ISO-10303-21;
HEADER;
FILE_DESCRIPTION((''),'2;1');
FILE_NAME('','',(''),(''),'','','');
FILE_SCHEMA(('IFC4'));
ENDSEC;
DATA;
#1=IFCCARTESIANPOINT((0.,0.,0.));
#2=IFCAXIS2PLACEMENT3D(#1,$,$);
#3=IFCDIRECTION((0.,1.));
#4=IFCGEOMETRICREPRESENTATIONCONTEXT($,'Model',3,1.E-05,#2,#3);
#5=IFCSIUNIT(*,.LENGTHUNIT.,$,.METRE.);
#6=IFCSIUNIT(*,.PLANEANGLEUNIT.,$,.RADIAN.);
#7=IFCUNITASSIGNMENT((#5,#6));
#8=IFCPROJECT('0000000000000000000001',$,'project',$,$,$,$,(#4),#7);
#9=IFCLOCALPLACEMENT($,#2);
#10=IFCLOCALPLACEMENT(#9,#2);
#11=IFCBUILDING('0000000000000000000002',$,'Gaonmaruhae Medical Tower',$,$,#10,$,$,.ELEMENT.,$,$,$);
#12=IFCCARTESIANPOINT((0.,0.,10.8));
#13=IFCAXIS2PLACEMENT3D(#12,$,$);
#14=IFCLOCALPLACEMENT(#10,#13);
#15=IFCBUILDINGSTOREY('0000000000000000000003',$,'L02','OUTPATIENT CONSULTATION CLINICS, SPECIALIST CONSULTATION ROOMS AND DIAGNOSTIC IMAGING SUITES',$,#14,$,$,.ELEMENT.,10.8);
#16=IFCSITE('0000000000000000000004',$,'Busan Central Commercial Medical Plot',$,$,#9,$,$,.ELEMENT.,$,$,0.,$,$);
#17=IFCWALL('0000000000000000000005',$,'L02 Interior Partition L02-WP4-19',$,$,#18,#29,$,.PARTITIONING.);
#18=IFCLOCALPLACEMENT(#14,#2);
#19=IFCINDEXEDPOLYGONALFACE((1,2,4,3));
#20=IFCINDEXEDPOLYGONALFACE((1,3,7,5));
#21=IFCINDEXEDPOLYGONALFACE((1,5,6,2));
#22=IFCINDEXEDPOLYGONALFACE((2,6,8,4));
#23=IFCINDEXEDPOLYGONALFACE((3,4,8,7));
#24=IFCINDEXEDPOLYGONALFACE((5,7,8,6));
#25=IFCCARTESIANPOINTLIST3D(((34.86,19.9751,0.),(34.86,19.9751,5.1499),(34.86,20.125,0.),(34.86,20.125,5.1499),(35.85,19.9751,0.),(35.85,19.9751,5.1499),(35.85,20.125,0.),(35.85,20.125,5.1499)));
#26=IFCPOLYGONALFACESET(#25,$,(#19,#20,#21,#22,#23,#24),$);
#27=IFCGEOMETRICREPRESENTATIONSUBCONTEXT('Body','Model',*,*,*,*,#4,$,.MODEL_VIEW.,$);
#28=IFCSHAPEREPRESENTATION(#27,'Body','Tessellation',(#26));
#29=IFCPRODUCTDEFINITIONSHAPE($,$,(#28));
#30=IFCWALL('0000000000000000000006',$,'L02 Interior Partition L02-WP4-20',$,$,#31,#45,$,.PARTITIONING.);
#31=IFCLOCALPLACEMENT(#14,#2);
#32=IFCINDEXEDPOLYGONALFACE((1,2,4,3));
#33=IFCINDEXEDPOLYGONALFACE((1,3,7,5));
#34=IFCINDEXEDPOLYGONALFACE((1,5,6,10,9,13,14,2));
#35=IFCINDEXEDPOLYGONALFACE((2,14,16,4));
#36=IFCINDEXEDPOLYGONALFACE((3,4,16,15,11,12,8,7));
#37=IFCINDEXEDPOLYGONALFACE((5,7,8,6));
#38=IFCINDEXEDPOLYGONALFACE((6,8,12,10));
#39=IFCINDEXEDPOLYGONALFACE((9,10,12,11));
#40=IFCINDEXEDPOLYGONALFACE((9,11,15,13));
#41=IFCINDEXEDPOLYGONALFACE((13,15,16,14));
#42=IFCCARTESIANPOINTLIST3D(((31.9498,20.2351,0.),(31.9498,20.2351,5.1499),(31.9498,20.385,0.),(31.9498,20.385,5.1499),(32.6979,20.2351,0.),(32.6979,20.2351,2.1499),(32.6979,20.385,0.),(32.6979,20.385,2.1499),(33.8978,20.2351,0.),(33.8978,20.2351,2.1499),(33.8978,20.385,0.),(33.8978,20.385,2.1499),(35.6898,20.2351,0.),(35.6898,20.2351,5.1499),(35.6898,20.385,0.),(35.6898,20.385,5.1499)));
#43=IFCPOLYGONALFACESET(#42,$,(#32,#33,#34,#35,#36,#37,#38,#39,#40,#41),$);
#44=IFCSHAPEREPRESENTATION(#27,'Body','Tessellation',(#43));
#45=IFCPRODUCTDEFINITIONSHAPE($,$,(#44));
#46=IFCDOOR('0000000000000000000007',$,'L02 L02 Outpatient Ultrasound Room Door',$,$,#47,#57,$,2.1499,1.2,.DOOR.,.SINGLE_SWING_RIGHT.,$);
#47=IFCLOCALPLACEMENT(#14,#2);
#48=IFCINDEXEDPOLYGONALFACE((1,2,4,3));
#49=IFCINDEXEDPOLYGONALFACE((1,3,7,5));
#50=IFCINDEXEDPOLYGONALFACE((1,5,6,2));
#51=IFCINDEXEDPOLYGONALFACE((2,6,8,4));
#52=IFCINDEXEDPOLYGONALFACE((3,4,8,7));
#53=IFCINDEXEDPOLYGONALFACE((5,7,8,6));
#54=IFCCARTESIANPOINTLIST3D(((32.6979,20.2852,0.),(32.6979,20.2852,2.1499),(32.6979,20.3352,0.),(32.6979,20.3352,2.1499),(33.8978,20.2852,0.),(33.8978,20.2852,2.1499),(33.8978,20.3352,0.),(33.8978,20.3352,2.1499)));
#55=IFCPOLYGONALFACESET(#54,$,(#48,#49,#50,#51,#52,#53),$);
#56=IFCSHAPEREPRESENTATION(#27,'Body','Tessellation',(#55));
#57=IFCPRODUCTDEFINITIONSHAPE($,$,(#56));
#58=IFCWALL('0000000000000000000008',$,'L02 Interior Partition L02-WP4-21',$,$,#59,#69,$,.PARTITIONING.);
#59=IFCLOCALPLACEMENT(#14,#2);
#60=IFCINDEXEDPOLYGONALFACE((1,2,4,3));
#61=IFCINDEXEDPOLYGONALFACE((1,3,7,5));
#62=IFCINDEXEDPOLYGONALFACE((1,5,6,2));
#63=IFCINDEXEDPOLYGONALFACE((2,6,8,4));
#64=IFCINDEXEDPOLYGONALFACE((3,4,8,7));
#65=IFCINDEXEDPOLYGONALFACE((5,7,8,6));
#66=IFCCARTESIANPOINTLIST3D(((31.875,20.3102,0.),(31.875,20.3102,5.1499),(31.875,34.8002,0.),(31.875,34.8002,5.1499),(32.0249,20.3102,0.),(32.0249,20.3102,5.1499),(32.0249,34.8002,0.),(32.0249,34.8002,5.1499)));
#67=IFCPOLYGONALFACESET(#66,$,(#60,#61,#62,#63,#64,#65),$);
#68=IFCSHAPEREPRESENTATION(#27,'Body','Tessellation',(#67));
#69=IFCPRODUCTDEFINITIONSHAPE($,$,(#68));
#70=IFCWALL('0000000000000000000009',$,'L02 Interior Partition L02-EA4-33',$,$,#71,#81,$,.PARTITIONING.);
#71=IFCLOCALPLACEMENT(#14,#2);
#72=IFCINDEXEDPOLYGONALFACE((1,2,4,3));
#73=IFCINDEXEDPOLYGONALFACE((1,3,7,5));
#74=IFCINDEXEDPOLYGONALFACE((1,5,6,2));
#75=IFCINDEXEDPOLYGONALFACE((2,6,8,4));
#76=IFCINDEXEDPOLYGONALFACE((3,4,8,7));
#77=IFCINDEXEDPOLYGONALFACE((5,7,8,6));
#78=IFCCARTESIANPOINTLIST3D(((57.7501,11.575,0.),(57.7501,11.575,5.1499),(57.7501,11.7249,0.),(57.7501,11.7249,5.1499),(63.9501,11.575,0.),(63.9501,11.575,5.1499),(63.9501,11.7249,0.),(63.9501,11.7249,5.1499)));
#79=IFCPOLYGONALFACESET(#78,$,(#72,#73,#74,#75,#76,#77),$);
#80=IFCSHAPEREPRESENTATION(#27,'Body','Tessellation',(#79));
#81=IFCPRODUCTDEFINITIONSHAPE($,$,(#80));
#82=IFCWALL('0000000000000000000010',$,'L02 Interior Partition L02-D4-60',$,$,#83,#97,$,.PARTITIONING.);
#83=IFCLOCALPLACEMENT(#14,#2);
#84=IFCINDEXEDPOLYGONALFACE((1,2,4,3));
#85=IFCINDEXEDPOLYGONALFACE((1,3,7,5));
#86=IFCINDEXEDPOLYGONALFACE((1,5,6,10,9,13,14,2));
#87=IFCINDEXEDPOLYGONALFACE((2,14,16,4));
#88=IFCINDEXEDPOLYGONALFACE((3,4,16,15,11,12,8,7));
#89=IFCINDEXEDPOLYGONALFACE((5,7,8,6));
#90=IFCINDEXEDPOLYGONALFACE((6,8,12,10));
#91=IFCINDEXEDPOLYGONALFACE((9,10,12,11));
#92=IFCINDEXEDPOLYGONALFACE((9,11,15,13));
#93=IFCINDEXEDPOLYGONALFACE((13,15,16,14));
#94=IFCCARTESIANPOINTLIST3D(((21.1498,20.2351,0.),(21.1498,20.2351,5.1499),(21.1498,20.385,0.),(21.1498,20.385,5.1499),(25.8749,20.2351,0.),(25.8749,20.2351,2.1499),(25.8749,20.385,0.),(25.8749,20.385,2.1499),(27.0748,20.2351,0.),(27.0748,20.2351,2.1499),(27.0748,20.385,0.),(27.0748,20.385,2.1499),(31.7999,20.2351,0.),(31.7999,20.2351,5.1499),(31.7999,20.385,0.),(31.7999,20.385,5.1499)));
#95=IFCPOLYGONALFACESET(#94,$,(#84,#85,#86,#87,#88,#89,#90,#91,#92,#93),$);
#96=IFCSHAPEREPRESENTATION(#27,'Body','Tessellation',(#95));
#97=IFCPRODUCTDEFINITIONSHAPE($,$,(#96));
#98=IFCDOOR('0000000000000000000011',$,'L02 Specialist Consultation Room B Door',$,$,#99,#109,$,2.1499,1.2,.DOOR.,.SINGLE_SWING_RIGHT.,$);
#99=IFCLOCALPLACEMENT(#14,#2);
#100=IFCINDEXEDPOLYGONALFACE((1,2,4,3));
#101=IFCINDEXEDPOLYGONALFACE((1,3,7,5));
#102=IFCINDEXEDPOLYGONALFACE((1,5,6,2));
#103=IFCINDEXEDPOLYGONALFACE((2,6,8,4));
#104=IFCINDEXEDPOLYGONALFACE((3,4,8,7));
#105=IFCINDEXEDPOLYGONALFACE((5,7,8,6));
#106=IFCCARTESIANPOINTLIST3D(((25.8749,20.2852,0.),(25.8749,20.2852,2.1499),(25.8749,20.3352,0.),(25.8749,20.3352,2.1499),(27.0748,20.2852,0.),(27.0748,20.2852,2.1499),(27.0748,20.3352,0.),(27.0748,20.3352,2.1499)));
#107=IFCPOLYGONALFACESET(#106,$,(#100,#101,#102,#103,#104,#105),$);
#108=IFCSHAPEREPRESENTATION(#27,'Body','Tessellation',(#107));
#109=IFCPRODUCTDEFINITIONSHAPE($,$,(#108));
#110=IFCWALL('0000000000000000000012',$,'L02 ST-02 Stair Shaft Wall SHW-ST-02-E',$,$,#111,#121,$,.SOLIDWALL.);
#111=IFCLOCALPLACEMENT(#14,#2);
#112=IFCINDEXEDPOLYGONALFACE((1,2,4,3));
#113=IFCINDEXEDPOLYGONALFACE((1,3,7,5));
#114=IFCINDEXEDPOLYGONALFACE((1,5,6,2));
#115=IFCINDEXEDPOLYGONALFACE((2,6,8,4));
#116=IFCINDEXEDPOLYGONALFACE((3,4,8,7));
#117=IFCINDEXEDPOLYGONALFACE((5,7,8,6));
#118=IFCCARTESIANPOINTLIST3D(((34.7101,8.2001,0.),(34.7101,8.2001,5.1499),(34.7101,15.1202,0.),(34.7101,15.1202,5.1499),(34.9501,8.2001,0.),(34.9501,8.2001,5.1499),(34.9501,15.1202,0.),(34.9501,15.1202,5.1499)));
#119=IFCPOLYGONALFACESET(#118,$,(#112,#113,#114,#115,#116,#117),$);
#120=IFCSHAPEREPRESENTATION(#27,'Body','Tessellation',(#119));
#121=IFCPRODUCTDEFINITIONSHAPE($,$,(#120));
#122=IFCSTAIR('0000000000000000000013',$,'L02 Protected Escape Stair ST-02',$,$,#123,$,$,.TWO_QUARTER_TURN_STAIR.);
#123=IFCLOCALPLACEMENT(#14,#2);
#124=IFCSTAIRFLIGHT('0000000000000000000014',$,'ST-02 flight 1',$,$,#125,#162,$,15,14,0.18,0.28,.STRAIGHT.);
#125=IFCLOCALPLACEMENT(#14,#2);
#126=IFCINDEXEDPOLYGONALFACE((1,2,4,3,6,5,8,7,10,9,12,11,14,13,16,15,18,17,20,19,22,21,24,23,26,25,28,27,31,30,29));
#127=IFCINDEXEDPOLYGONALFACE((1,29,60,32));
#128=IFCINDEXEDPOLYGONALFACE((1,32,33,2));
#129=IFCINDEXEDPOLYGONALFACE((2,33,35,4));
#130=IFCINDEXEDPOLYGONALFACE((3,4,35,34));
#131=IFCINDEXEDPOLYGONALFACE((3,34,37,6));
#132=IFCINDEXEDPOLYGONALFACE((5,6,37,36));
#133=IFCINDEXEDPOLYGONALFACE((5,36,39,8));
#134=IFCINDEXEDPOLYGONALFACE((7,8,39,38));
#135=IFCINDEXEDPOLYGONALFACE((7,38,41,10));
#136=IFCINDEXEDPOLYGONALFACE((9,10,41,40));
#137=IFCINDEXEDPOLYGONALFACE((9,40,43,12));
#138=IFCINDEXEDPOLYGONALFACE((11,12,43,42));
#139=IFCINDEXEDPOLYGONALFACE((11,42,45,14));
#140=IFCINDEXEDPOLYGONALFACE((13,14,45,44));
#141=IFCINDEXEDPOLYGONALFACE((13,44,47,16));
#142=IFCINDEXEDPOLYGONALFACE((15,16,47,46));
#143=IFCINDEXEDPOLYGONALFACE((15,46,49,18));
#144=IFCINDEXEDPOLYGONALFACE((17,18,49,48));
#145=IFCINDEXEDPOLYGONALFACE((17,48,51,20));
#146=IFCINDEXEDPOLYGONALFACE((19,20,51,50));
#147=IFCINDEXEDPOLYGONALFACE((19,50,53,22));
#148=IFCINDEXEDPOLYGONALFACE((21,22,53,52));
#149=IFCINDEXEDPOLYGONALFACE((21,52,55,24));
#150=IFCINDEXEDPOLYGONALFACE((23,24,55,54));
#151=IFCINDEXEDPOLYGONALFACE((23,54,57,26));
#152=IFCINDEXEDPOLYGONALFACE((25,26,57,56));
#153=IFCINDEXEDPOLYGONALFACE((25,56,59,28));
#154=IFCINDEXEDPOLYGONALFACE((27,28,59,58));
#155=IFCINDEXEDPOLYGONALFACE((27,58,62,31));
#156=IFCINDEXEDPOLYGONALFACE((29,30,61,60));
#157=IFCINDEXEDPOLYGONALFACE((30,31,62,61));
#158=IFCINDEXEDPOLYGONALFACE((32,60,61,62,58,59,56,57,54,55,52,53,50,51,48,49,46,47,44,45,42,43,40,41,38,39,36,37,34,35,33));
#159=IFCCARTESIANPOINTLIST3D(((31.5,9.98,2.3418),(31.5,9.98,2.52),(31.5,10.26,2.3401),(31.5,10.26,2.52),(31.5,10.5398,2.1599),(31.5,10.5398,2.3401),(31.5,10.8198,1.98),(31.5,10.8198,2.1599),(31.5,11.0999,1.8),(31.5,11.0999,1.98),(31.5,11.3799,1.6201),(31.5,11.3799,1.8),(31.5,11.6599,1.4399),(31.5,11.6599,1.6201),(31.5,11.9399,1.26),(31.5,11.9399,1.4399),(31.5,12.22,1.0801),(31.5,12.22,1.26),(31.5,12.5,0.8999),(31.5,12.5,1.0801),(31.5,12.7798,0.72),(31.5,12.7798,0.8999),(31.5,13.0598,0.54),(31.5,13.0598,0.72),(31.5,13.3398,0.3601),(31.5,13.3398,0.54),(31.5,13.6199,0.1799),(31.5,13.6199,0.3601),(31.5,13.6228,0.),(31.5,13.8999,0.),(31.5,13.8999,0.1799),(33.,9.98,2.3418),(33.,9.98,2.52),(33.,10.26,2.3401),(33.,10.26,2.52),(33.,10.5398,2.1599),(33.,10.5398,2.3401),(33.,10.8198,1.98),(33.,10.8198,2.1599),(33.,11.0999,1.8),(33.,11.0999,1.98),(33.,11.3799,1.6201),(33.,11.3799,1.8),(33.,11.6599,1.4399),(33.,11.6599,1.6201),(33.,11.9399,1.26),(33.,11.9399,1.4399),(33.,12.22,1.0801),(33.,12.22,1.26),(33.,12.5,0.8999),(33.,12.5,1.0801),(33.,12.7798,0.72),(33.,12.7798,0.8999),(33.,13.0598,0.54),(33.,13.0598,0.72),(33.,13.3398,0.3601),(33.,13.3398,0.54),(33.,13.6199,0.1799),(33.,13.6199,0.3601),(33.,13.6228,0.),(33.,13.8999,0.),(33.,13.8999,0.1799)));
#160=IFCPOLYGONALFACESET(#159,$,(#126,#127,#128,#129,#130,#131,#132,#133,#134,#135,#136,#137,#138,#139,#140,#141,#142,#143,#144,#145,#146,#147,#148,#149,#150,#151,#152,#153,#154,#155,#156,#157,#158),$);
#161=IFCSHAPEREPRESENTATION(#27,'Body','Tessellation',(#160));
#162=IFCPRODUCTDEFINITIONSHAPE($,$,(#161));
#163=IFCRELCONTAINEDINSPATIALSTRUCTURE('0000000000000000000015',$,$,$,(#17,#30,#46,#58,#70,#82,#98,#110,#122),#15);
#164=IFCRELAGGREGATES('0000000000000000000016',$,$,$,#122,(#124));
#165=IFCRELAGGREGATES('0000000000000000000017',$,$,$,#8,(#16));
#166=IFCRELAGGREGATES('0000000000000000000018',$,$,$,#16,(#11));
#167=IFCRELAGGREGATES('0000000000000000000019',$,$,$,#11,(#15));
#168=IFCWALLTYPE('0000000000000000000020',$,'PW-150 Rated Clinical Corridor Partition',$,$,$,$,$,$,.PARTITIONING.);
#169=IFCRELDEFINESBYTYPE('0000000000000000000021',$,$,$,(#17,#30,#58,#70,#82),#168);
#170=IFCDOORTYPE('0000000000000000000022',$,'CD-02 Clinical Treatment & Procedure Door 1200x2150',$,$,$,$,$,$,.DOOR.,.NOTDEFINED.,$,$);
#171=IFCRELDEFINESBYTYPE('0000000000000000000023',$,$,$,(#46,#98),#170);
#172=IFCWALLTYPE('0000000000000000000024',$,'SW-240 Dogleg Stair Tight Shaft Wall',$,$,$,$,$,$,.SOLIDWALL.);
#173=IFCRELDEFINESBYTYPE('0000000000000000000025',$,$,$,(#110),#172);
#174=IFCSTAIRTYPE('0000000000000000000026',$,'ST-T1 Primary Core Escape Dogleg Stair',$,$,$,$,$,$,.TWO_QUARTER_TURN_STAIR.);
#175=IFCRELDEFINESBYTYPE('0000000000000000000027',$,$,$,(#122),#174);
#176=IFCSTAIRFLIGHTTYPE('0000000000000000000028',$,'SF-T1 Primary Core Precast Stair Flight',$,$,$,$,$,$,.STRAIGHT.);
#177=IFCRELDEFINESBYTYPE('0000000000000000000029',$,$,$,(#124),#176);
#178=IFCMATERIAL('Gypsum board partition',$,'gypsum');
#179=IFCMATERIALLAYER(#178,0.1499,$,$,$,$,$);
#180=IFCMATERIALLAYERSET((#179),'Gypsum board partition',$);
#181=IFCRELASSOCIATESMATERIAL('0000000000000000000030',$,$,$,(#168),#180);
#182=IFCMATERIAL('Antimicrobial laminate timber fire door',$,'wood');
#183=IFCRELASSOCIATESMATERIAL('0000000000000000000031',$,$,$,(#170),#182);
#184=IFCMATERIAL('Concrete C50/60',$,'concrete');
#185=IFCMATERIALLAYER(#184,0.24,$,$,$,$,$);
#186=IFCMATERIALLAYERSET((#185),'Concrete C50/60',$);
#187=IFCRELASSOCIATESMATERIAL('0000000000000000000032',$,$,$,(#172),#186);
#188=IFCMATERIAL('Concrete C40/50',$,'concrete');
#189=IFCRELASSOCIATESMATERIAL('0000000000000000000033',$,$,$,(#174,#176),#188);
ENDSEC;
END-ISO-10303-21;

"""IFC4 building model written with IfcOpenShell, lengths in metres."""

from ifc_helpers import new_model, si_unit, direction, frame, frame_2d, origin, place, context, subcontext, project, spatial, polyline, rectangle, outline, extrude, material, layer, layer_set, type_object, element, fill, aggregate, save


model = new_model("IFC4")

# Units and contexts
model_context = context("Model", 3, precision=1e-05, world=origin(), true_north=direction((0.0, 1.0)))
body_context = subcontext(model_context, "Body", "Model", "MODEL_VIEW")
ifc_project = project(units=[si_unit("LENGTHUNIT", "METRE"), si_unit("PLANEANGLEUNIT", "RADIAN")], contexts=[model_context])

# Site, building, storey
site_placement = place(None, origin())
site = spatial("IfcSite", under=ifc_project, at=site_placement, Name="Busan Central Commercial Medical Plot", CompositionType="ELEMENT", RefElevation=0.0)
building_placement = place(site_placement, origin())
building = spatial("IfcBuilding", under=site, at=building_placement, Name="Gaonmaruhae Medical Tower", CompositionType="ELEMENT")
storey_placement = place(building_placement, frame((0.0, 0.0, 10.8)))
storey = spatial("IfcBuildingStorey", under=building, at=storey_placement, Name="L02", Description="OUTPATIENT CONSULTATION CLINICS, SPECIALIST CONSULTATION ROOMS AND DIAGNOSTIC IMAGING SUITES", CompositionType="ELEMENT", Elevation=10.8)

# Shared definitions
ifc_material_1 = material(Name="Concrete C50/60", Category="concrete")

# Wall
ifc_material_2 = material(Name="Gypsum board partition", Category="gypsum")
ifc_layer_1 = layer(ifc_material_2, 0.1499)
ifc_layer_set_1 = layer_set([ifc_layer_1], Name="Gypsum board partition")
wall_type_1 = type_object("IfcWallType", Name="PW-150 Rated Clinical Corridor Partition", PredefinedType="PARTITIONING", material=ifc_layer_set_1)
wall_1_placement = place(storey_placement, frame((35.8501, 20.05, 0.0), z_axis=(0.0, 0.0, 1.0), x_axis=(-1.0, 0.0, 0.0)))
element("IfcWall", 1, at=wall_1_placement, inside=storey, type_object=wall_type_1, Name="L02 Interior Partition L02-WP4-19", PredefinedType="PARTITIONING", context=body_context, shape_type="SweptSolid", body=[
    extrude(rectangle(XDim=0.99, YDim=0.1499, at=frame_2d((0.4951, 0.0))), origin(), (0.0, 0.0, 1.0), 5.1499),
])

# Wall, opening, door
wall_2_placement = place(storey_placement, frame((35.6899, 20.3101, 0.0), z_axis=(0.0, 0.0, 1.0), x_axis=(-1.0, 0.0, 0.0)))
wall_2 = element("IfcWall", 2, at=wall_2_placement, inside=storey, type_object=wall_type_1, Name="L02 Interior Partition L02-WP4-20", PredefinedType="PARTITIONING", context=body_context, shape_type="SweptSolid", body=[
    extrude(rectangle(XDim=3.74, YDim=0.1499, at=frame_2d((1.8701, 0.0))), origin(), (0.0, 0.0, 1.0), 5.1499),
])
opening_1_placement = place(wall_2_placement, frame((1.792, 0.0, 0.0)))
opening_1 = element("IfcOpeningElement", 3, at=opening_1_placement, cuts=wall_2, PredefinedType="OPENING", context=body_context, shape_type="SweptSolid", body=[
    extrude(rectangle(XDim=1.2, YDim=2.1499, at=frame_2d((0.6001, 1.075))), frame((0.0, 0.085, 0.0), z_axis=(0.0, -1.0, 0.0), x_axis=(1.0, 0.0, 0.0)), (0.0, 0.0, 1.0), 0.1699),
])
ifc_material_3 = material(Name="Antimicrobial laminate timber fire door", Category="wood")
door_type = type_object("IfcDoorType", Name="CD-02 Clinical Treatment & Procedure Door 1200x2150", OperationType="NOTDEFINED", PredefinedType="DOOR", material=ifc_material_3)
door_1_placement = place(opening_1_placement, origin())
door_1 = element("IfcDoor", 4, at=door_1_placement, inside=storey, type_object=door_type, Name="L02 L02 Outpatient Ultrasound Room Door", OperationType="SINGLE_SWING_RIGHT", OverallHeight=2.1499, OverallWidth=1.2, PredefinedType="DOOR", context=body_context, shape_type="SweptSolid", body=[
    extrude(rectangle(XDim=1.2, YDim=2.1499, at=frame_2d((0.6001, 1.075))), frame((0.0, 0.0249, 0.0), z_axis=(0.0, -1.0, 0.0), x_axis=(1.0, 0.0, 0.0)), (0.0, 0.0, 1.0), 0.05),
])
fill(opening_1, door_1)

# Walls
wall_3_placement = place(storey_placement, frame((31.95, 20.3101, 0.0), z_axis=(0.0, 0.0, 1.0), x_axis=(0.0, 1.0, 0.0)))
element("IfcWall", 5, at=wall_3_placement, inside=storey, type_object=wall_type_1, Name="L02 Interior Partition L02-WP4-21", PredefinedType="PARTITIONING", context=body_context, shape_type="SweptSolid", body=[
    extrude(rectangle(XDim=14.49, YDim=0.1499, at=frame_2d((7.2451, 0.0))), origin(), (0.0, 0.0, 1.0), 5.1499),
])
wall_4_placement = place(storey_placement, frame((57.75, 11.6499, 0.0), z_axis=(0.0, 0.0, 1.0), x_axis=(1.0, 0.0, 0.0)))
element("IfcWall", 6, at=wall_4_placement, inside=storey, type_object=wall_type_1, Name="L02 Interior Partition L02-EA4-33", PredefinedType="PARTITIONING", context=body_context, shape_type="SweptSolid", body=[
    extrude(rectangle(XDim=6.2, YDim=0.1499, at=frame_2d((3.1001, 0.0))), origin(), (0.0, 0.0, 1.0), 5.1499),
])

# Wall, opening, door
wall_5_placement = place(storey_placement, frame((31.8, 20.3101, 0.0), z_axis=(0.0, 0.0, 1.0), x_axis=(-1.0, 0.0, 0.0)))
wall_5 = element("IfcWall", 7, at=wall_5_placement, inside=storey, type_object=wall_type_1, Name="L02 Interior Partition L02-D4-60", PredefinedType="PARTITIONING", context=body_context, shape_type="SweptSolid", body=[
    extrude(rectangle(XDim=10.6501, YDim=0.1499, at=frame_2d((5.3252, 0.0))), origin(), (0.0, 0.0, 1.0), 5.1499),
])
opening_2_placement = place(wall_5_placement, frame((4.7251, 0.0, 0.0)))
opening_2 = element("IfcOpeningElement", 8, at=opening_2_placement, cuts=wall_5, PredefinedType="OPENING", context=body_context, shape_type="SweptSolid", body=[
    extrude(rectangle(XDim=1.2, YDim=2.1499, at=frame_2d((0.6001, 1.075))), frame((0.0, 0.085, 0.0), z_axis=(0.0, -1.0, 0.0), x_axis=(1.0, 0.0, 0.0)), (0.0, 0.0, 1.0), 0.1699),
])
door_2_placement = place(opening_2_placement, origin())
door_2 = element("IfcDoor", 9, at=door_2_placement, inside=storey, type_object=door_type, Name="L02 Specialist Consultation Room B Door", OperationType="SINGLE_SWING_RIGHT", OverallHeight=2.1499, OverallWidth=1.2, PredefinedType="DOOR", context=body_context, shape_type="SweptSolid", body=[
    extrude(rectangle(XDim=1.2, YDim=2.1499, at=frame_2d((0.6001, 1.075))), frame((0.0, 0.0249, 0.0), z_axis=(0.0, -1.0, 0.0), x_axis=(1.0, 0.0, 0.0)), (0.0, 0.0, 1.0), 0.05),
])
fill(opening_2, door_2)

# Wall
ifc_layer_2 = layer(ifc_material_1, 0.24)
ifc_layer_set_2 = layer_set([ifc_layer_2], Name="Concrete C50/60")
wall_type_2 = type_object("IfcWallType", Name="SW-240 Dogleg Stair Tight Shaft Wall", PredefinedType="SOLIDWALL", material=ifc_layer_set_2)
wall_6_placement = place(storey_placement, frame((34.8301, 15.1201, 0.0), z_axis=(0.0, 0.0, 1.0), x_axis=(0.0, -1.0, 0.0)))
element("IfcWall", 10, at=wall_6_placement, inside=storey, type_object=wall_type_2, Name="L02 ST-02 Stair Shaft Wall SHW-ST-02-E", PredefinedType="SOLIDWALL", context=body_context, shape_type="SweptSolid", body=[
    extrude(rectangle(XDim=6.9202, YDim=0.24, at=frame_2d((3.46, 0.0))), origin(), (0.0, 0.0, 1.0), 5.1499),
])

# Stair, stair flight
ifc_material_4 = material(Name="Concrete C40/50", Category="concrete")
stair_type = type_object("IfcStairType", Name="ST-T1 Primary Core Escape Dogleg Stair", PredefinedType="TWO_QUARTER_TURN_STAIR", material=ifc_material_4)
stair_placement = place(storey_placement, origin())
stair = element("IfcStair", 11, at=stair_placement, inside=storey, type_object=stair_type, Name="L02 Protected Escape Stair ST-02", PredefinedType="TWO_QUARTER_TURN_STAIR")
stair_flight_type = type_object("IfcStairFlightType", Name="SF-T1 Primary Core Precast Stair Flight", PredefinedType="STRAIGHT", material=ifc_material_4)
stair_flight_placement = place(storey_placement, frame((32.25, 13.8999, 0.0), z_axis=(0.0, 0.0, 1.0), x_axis=(0.0, -1.0, 0.0)))
stair_flight = element("IfcStairFlight", 12, at=stair_flight_placement, type_object=stair_flight_type, Name="ST-02 flight 1", NumberOfRisers=15, NumberOfTreads=14, PredefinedType="STRAIGHT", RiserHeight=0.18, TreadLength=0.28, context=body_context, shape_type="SweptSolid", body=[
    extrude(outline(polyline([(0.0, 0.0), (0.0, 0.1799), (0.28, 0.1799), (0.28, 0.3601), (0.5601, 0.3601), (0.5601, 0.54), (0.8401, 0.54), (0.8401, 0.72), (1.1201, 0.72), (1.1201, 0.8999), (1.3999, 0.8999), (1.3999, 1.0801), (1.6799, 1.0801), (1.6799, 1.26), (1.96, 1.26), (1.96, 1.4399), (2.24, 1.4399), (2.24, 1.6201), (2.52, 1.6201), (2.52, 1.8), (2.8, 1.8), (2.8, 1.98), (3.0801, 1.98), (3.0801, 2.1599), (3.3601, 2.1599), (3.3601, 2.3401), (3.6399, 2.3401), (3.6399, 2.52), (3.9199, 2.52), (3.9199, 2.7), (3.9199, 2.3418), (0.2771, 0.0), (0.0, 0.0)])), frame((0.0, 0.75, 0.0), z_axis=(0.0, -1.0, 0.0), x_axis=(1.0, 0.0, 0.0)), (0.0, 0.0, 1.0), 1.5),
])
aggregate(stair, [stair_flight])

save(model, "model.ifc")
